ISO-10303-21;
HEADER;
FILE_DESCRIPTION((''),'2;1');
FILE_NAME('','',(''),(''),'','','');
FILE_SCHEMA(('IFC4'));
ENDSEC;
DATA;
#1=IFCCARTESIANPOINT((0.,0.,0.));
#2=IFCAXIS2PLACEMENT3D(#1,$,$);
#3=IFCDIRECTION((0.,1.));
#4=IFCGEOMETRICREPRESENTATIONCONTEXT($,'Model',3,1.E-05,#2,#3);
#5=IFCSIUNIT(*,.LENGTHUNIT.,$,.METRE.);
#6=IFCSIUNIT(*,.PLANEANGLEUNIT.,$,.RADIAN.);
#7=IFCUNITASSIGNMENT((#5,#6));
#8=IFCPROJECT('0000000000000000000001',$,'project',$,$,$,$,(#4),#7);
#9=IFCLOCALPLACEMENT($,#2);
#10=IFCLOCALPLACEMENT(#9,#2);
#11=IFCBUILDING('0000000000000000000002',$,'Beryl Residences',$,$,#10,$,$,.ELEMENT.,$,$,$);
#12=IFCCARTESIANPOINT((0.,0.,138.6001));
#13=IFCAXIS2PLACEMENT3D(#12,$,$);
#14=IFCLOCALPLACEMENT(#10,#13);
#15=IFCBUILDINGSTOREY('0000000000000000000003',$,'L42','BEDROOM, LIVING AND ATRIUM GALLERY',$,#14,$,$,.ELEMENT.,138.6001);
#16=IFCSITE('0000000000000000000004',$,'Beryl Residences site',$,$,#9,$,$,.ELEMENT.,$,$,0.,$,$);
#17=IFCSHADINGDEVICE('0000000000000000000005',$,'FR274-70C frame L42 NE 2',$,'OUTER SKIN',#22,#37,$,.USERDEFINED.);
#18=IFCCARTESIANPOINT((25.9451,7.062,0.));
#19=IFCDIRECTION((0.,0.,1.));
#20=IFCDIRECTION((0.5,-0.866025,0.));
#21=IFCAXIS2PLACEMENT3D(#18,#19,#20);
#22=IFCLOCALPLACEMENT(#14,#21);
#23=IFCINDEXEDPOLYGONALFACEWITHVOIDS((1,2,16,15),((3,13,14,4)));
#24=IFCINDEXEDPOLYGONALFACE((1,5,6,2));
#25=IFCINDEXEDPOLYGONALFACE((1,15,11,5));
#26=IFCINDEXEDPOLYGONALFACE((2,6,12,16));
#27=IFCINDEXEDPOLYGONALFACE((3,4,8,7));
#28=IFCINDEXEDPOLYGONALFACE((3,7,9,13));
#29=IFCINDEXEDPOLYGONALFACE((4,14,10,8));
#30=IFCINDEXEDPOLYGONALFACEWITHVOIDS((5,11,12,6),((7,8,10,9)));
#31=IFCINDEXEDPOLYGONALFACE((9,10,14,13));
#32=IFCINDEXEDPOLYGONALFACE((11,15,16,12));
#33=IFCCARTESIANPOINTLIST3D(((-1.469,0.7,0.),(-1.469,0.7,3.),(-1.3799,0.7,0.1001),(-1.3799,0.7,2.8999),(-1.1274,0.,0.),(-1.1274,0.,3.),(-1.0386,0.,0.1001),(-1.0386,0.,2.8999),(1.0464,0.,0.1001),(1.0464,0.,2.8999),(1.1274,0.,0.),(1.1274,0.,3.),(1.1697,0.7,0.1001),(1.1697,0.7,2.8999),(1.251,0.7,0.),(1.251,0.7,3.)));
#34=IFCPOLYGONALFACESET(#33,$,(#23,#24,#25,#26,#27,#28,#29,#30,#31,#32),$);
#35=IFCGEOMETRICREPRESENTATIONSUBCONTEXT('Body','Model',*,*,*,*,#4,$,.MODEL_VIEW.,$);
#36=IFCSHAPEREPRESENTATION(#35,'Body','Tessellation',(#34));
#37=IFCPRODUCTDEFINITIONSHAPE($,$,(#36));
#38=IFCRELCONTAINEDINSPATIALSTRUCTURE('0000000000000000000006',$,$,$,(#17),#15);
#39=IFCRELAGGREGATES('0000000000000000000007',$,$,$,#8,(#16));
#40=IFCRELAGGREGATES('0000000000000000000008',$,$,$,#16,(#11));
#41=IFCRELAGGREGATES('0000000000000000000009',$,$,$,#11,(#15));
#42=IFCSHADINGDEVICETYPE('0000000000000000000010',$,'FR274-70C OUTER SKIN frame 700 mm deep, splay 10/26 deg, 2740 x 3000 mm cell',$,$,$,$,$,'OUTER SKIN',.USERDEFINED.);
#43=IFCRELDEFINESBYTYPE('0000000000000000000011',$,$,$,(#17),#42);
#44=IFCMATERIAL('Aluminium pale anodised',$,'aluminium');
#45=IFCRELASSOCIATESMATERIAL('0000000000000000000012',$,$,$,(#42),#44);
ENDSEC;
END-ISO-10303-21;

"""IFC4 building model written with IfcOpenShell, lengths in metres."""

from ifc_helpers import new_model, entity, si_unit, direction, frame, origin, place, context, subcontext, project, spatial, source, transform, mapped, material, type_object, type_shapes, element, save


model = new_model("IFC4")

# Units and contexts
model_context = context("Model", 3, precision=1e-05, world=origin(), true_north=direction((0.0, 1.0)))
body_context = subcontext(model_context, "Body", "Model", "MODEL_VIEW")
ifc_project = project(units=[si_unit("LENGTHUNIT", "METRE"), si_unit("PLANEANGLEUNIT", "RADIAN")], contexts=[model_context])

# Site, building, storey
site_placement = place(None, origin())
site = spatial("IfcSite", under=ifc_project, at=site_placement, Name="Beryl Residences site", CompositionType="ELEMENT", RefElevation=0.0)
building_placement = place(site_placement, origin())
building = spatial("IfcBuilding", under=site, at=building_placement, Name="Beryl Residences", CompositionType="ELEMENT")
storey_placement = place(building_placement, frame((0.0, 0.0, 138.6001)))
storey = spatial("IfcBuildingStorey", under=building, at=storey_placement, Name="L42", Description="BEDROOM, LIVING AND ATRIUM GALLERY", CompositionType="ELEMENT", Elevation=138.6001)

# Shading device
ifc_material_1 = material(Name="Aluminium pale anodised", Category="aluminium")
shading_device_type = type_object("IfcShadingDeviceType", Name="FR274-70C OUTER SKIN frame 700 mm deep, splay 10/26 deg, 2740 x 3000 mm cell", ElementType="OUTER SKIN", PredefinedType="USERDEFINED", material=ifc_material_1)
cartesian_point_1 = entity("IfcCartesianPoint", [-1.1274, 0.0])
cartesian_point_2 = entity("IfcCartesianPoint", [-1.0464, 0.1001])
cartesian_point_3 = entity("IfcCartesianPoint", [-1.251, 0.0])
cartesian_point_4 = entity("IfcCartesianPoint", [-1.1697, 0.1001])
shared_shape = source(origin(), body_context, "Body", "SweptSolid", [
    entity("IfcExtrudedAreaSolidTapered", entity("IfcArbitraryProfileDefWithVoids", "AREA", None, entity("IfcPolyline", [cartesian_point_1, entity("IfcCartesianPoint", [1.1274, 0.0]), entity("IfcCartesianPoint", [1.1274, 3.0]), entity("IfcCartesianPoint", [-1.1274, 3.0]), cartesian_point_1]), [entity("IfcPolyline", [cartesian_point_2, entity("IfcCartesianPoint", [1.0386, 0.1001]), entity("IfcCartesianPoint", [1.0386, 2.8999]), entity("IfcCartesianPoint", [-1.0464, 2.8999]), cartesian_point_2])]), entity("IfcAxis2Placement3D", entity("IfcCartesianPoint", [0.0, 0.0, 0.0]), entity("IfcDirection", [0.0, 1.0, 0.0]), entity("IfcDirection", [-1.0, 0.0, 0.0])), entity("IfcDirection", [0.0, 0.0, 1.0]), 0.7, entity("IfcArbitraryProfileDefWithVoids", "AREA", None, entity("IfcPolyline", [cartesian_point_3, entity("IfcCartesianPoint", [1.469, 0.0]), entity("IfcCartesianPoint", [1.469, 3.0]), entity("IfcCartesianPoint", [-1.251, 3.0]), cartesian_point_3]), [entity("IfcPolyline", [cartesian_point_4, entity("IfcCartesianPoint", [1.3799, 0.1001]), entity("IfcCartesianPoint", [1.3799, 2.8999]), entity("IfcCartesianPoint", [-1.1697, 2.8999]), cartesian_point_4])])),
])
type_shapes(shading_device_type, [shared_shape])
shading_device_placement = place(storey_placement, frame((25.9451, 7.062, 0.0), z_axis=(0.0, 0.0, 1.0), x_axis=(0.5, -0.866025, 0.0)))
element("IfcShadingDevice", 1, at=shading_device_placement, inside=storey, type_object=shading_device_type, Name="FR274-70C frame L42 NE 2", ObjectType="OUTER SKIN", PredefinedType="USERDEFINED", context=body_context, shape_type="MappedRepresentation", body=[
    mapped(shared_shape, transform((0.0, 0.0, 0.0))),
])

save(model, "model.ifc")
